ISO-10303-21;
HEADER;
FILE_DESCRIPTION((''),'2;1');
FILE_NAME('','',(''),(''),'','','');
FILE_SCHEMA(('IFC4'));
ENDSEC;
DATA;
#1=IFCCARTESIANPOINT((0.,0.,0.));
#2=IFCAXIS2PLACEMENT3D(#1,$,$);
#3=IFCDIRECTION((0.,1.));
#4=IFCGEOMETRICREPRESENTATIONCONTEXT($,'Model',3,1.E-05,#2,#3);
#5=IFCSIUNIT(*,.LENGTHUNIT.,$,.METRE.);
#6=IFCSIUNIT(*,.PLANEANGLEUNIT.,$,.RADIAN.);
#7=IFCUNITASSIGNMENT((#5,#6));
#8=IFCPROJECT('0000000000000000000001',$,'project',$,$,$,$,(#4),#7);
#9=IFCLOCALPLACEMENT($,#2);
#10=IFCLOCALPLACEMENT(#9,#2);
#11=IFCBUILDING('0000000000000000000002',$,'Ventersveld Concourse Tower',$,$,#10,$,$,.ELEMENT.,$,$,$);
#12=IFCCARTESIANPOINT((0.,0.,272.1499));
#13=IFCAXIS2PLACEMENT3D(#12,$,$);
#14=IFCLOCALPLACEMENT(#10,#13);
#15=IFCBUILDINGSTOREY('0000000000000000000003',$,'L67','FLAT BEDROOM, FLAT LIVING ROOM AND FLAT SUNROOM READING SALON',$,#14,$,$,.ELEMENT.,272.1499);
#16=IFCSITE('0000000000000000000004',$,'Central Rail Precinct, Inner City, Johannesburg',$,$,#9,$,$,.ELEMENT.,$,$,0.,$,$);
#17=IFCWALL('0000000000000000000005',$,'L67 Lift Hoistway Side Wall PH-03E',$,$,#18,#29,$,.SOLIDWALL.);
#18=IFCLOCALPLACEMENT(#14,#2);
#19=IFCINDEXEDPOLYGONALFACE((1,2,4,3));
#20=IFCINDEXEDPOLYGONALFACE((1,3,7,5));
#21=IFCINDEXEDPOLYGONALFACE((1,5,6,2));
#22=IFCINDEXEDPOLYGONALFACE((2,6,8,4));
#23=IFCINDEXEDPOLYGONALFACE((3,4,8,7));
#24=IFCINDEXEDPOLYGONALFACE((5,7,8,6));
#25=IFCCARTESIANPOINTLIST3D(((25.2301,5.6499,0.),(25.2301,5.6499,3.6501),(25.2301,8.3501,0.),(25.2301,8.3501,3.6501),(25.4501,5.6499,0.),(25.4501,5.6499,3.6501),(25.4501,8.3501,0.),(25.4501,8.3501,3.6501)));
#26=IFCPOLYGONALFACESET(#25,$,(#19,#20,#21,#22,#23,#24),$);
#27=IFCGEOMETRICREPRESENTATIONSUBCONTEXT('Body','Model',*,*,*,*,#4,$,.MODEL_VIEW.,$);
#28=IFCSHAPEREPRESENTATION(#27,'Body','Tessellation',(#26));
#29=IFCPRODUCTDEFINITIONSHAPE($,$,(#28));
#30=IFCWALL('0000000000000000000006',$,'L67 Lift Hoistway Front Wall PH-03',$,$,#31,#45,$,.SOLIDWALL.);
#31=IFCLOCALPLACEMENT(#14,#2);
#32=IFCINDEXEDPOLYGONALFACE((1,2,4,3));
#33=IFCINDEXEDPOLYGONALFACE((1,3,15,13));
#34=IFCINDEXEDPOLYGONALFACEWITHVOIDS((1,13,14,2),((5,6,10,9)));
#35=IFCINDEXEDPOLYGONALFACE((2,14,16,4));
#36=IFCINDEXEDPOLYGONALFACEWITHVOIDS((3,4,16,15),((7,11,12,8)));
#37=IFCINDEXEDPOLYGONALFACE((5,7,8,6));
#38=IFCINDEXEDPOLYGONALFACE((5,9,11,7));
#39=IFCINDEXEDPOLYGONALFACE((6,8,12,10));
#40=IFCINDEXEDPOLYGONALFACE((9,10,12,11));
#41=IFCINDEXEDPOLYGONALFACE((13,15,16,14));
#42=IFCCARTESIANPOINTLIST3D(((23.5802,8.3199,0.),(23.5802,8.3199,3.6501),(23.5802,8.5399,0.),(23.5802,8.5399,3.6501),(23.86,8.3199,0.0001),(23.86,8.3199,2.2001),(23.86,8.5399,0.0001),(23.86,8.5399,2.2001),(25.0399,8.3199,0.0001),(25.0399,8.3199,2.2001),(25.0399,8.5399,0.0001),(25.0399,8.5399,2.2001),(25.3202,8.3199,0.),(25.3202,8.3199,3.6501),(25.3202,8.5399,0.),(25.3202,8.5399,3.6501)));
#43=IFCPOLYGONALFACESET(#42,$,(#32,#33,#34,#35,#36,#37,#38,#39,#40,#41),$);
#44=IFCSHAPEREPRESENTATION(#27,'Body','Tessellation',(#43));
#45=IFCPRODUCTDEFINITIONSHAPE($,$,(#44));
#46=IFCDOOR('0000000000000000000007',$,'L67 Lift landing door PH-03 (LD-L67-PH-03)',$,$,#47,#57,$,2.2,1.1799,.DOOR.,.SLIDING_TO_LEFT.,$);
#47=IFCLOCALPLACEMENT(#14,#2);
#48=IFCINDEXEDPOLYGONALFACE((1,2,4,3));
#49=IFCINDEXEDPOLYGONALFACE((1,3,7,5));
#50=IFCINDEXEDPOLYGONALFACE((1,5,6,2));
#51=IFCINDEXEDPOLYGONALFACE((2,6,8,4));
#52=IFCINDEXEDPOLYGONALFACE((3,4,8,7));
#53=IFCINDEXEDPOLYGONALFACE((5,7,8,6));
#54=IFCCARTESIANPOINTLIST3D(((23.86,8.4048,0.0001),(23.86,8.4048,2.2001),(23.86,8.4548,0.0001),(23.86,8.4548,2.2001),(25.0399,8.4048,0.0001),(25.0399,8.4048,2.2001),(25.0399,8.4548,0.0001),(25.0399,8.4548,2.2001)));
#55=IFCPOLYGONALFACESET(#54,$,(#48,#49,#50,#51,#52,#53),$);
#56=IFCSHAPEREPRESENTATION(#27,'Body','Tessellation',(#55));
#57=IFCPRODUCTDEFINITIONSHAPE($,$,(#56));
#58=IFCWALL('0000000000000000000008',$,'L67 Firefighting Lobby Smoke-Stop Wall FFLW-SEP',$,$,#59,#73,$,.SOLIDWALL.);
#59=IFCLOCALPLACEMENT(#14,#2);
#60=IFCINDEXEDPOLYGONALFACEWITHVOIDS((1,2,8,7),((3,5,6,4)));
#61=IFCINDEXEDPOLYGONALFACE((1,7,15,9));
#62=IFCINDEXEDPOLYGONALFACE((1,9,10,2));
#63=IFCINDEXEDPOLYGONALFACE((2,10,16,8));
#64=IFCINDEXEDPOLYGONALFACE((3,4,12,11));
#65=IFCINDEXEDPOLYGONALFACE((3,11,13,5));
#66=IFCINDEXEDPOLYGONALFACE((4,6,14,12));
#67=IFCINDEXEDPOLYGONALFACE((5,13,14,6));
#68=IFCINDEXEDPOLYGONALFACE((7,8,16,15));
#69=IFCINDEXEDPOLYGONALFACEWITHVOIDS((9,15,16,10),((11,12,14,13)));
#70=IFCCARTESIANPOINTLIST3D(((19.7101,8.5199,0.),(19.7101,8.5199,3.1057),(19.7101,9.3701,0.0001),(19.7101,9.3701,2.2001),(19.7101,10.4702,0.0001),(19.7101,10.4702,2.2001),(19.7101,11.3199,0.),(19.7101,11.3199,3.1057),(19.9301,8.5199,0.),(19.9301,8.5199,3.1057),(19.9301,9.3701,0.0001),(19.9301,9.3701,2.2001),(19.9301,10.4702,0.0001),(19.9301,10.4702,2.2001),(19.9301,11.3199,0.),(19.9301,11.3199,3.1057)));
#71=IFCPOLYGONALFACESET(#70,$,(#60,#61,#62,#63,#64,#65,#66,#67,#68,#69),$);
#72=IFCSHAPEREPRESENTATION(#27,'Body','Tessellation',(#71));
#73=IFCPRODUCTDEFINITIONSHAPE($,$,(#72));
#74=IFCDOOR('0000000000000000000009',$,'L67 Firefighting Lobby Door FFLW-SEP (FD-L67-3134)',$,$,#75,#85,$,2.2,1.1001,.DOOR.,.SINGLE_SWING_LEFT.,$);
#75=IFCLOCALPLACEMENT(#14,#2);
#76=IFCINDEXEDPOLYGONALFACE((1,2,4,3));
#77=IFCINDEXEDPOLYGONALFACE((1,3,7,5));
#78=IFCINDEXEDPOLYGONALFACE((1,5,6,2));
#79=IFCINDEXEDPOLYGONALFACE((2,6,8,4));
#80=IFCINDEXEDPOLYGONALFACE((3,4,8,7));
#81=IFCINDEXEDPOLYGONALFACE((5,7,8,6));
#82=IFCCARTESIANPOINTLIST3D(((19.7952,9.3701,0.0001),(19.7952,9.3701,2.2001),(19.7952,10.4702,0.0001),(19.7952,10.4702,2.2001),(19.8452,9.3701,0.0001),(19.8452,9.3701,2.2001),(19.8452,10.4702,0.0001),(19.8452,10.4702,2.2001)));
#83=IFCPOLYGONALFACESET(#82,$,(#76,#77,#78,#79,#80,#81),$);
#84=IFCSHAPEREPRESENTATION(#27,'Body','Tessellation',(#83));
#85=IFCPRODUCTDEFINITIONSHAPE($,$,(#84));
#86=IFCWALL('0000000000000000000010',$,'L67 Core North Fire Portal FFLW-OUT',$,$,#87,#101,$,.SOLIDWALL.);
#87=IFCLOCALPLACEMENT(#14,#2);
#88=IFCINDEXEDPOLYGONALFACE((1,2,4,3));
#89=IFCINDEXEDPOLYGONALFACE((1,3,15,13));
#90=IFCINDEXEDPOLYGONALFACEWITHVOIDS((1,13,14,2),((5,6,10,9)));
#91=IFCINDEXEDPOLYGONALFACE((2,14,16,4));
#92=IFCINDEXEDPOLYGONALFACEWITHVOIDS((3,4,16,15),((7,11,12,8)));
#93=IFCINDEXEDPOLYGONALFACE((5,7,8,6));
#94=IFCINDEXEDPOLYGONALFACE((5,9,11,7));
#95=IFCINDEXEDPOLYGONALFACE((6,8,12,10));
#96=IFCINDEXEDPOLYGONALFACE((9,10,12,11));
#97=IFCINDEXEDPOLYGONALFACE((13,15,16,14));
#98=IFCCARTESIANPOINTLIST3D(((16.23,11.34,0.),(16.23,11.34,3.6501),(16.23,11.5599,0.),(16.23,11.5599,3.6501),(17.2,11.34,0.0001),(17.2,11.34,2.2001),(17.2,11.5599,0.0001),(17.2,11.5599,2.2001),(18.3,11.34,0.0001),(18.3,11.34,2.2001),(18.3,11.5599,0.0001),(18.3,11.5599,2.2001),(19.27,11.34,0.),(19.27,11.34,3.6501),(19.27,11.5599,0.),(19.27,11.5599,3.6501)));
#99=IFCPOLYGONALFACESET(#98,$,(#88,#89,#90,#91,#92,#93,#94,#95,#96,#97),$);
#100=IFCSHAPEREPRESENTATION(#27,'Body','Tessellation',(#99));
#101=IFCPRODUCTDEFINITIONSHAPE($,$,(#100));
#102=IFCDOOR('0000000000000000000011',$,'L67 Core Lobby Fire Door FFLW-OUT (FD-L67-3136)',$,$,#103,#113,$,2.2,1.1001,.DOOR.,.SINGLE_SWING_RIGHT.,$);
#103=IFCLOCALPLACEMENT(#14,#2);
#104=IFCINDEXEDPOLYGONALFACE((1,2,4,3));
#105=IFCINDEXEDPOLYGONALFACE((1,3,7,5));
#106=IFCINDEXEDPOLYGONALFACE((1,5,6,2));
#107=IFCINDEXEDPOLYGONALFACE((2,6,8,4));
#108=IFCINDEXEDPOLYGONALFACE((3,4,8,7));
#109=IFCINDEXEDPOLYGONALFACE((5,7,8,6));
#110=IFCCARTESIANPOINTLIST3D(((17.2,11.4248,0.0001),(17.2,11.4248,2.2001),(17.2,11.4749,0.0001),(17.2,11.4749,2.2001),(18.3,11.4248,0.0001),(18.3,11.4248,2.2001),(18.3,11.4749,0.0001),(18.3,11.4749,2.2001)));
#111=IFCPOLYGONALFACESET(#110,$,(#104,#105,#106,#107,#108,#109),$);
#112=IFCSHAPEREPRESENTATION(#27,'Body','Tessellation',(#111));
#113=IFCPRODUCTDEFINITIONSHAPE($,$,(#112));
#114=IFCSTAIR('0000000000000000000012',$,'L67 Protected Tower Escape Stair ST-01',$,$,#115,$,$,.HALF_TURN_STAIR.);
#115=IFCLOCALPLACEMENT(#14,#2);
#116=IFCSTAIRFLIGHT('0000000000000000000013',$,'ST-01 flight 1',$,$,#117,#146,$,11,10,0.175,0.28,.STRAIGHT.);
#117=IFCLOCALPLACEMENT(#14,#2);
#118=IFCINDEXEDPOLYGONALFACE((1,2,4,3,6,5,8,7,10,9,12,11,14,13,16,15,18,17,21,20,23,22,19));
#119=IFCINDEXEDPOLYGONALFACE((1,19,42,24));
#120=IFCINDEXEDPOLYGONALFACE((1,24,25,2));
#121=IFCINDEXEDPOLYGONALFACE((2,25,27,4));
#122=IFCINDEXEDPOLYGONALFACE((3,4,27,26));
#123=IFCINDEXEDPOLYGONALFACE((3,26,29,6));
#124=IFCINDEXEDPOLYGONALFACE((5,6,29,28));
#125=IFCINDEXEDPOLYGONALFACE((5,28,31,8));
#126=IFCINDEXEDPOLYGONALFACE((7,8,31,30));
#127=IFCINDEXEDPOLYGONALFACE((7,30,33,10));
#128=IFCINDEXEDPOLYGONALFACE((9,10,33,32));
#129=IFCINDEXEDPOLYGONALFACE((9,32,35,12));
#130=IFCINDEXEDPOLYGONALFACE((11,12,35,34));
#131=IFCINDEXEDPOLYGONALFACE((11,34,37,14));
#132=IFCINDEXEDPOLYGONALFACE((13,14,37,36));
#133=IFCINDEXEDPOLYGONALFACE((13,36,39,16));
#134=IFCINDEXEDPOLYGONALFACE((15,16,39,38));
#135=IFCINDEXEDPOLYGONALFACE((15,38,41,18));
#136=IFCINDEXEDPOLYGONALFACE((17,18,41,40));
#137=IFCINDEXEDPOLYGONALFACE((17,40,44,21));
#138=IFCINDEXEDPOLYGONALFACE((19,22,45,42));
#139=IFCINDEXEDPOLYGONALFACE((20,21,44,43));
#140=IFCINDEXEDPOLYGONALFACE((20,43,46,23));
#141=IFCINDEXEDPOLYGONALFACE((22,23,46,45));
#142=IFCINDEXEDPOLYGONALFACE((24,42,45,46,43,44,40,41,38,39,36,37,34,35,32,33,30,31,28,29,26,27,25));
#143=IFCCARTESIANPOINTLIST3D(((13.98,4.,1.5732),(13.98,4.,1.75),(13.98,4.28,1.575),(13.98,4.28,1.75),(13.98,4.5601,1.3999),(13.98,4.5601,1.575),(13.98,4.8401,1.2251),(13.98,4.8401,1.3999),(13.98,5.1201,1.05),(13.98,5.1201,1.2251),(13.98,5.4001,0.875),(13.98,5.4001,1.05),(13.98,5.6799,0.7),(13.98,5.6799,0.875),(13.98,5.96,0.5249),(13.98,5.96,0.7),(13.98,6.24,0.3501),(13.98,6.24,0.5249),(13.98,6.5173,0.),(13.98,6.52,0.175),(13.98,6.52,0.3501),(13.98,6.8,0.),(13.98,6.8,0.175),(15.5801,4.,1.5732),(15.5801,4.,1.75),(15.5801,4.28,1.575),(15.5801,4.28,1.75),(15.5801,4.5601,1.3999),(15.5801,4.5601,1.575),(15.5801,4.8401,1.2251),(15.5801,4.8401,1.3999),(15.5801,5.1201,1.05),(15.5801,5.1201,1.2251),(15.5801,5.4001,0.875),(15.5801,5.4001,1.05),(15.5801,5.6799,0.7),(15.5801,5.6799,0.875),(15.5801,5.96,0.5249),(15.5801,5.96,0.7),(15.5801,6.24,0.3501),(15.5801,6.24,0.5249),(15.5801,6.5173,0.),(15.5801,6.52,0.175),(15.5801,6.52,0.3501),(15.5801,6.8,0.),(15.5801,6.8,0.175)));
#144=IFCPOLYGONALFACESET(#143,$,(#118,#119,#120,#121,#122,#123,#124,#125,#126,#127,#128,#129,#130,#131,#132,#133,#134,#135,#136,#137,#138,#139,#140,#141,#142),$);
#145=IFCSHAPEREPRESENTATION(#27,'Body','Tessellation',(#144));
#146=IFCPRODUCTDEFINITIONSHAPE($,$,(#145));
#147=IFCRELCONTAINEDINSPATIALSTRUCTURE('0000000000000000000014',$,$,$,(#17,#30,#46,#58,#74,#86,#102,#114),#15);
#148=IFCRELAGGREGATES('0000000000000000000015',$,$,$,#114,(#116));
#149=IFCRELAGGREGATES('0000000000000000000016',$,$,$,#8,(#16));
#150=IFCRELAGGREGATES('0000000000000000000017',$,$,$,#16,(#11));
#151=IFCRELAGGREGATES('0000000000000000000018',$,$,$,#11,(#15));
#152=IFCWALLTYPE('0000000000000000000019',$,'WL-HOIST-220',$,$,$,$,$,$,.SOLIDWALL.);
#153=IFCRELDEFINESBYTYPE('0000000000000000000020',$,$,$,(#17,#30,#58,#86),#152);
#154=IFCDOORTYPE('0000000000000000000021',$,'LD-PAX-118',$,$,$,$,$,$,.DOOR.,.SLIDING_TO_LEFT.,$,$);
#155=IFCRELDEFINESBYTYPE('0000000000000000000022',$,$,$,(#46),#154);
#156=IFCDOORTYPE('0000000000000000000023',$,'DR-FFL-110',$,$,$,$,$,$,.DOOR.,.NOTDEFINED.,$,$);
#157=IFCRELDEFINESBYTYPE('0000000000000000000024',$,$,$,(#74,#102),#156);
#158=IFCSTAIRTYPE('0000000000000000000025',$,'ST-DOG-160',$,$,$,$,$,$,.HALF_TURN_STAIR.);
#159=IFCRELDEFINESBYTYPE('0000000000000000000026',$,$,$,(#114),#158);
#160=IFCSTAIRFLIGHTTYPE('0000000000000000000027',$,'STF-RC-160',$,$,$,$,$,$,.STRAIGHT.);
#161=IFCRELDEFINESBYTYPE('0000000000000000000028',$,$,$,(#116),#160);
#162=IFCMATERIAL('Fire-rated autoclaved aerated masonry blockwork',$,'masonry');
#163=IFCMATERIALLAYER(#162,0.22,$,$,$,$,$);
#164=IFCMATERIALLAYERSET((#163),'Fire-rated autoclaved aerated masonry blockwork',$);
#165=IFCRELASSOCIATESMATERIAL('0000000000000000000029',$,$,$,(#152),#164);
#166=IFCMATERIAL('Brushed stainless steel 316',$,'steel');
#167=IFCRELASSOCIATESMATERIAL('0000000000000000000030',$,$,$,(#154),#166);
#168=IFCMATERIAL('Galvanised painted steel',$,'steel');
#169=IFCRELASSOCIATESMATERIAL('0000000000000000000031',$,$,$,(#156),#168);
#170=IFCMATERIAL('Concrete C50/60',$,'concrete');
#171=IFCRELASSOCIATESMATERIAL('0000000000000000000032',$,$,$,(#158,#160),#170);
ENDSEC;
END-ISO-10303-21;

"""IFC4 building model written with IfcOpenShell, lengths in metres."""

from ifc_helpers import new_model, si_unit, direction, frame, frame_2d, origin, place, context, subcontext, project, spatial, polyline, rectangle, outline, extrude, material, layer, layer_set, type_object, element, fill, aggregate, save


model = new_model("IFC4")

# Units and contexts
model_context = context("Model", 3, precision=1e-05, world=origin(), true_north=direction((0.0, 1.0)))
body_context = subcontext(model_context, "Body", "Model", "MODEL_VIEW")
ifc_project = project(units=[si_unit("LENGTHUNIT", "METRE"), si_unit("PLANEANGLEUNIT", "RADIAN")], contexts=[model_context])

# Site, building, storey
site_placement = place(None, origin())
site = spatial("IfcSite", under=ifc_project, at=site_placement, Name="Central Rail Precinct, Inner City, Johannesburg", CompositionType="ELEMENT", RefElevation=0.0)
building_placement = place(site_placement, origin())
building = spatial("IfcBuilding", under=site, at=building_placement, Name="Ventersveld Concourse Tower", CompositionType="ELEMENT")
storey_placement = place(building_placement, frame((0.0, 0.0, 272.1499)))
storey = spatial("IfcBuildingStorey", under=building, at=storey_placement, Name="L67", Description="FLAT BEDROOM, FLAT LIVING ROOM AND FLAT SUNROOM READING SALON", CompositionType="ELEMENT", Elevation=272.1499)

# Shared definitions
ifc_material_1 = material(Name="Concrete C50/60", Category="concrete")

# Shared definitions
ifc_material_2 = material(Name="Fire-rated autoclaved aerated masonry blockwork", Category="masonry")
ifc_layer_1 = layer(ifc_material_2, 0.22)
ifc_layer_set_1 = layer_set([ifc_layer_1], Name="Fire-rated autoclaved aerated masonry blockwork")
wall_type_1 = type_object("IfcWallType", Name="WL-HOIST-220", PredefinedType="SOLIDWALL", material=ifc_layer_set_1)
ifc_material_3 = material(Name="Brushed stainless steel 316", Category="steel")

# Shared definitions
door_type_1 = type_object("IfcDoorType", Name="LD-PAX-118", OperationType="SLIDING_TO_LEFT", PredefinedType="DOOR", material=ifc_material_3)

# Wall
wall_1_placement = place(storey_placement, frame((25.3401, 5.6499, 0.0), z_axis=(0.0, 0.0, 1.0), x_axis=(0.0, 1.0, 0.0)))
element("IfcWall", 1, at=wall_1_placement, inside=storey, type_object=wall_type_1, Name="L67 Lift Hoistway Side Wall PH-03E", PredefinedType="SOLIDWALL", context=body_context, shape_type="SweptSolid", body=[
    extrude(rectangle(XDim=2.7002, YDim=0.22, at=frame_2d((1.3501, 0.0))), origin(), (0.0, 0.0, 1.0), 3.6501),
])

# Walls, openings, doors
wall_2_placement = place(storey_placement, frame((23.5801, 8.4299, 0.0), z_axis=(0.0, 0.0, 1.0), x_axis=(1.0, 0.0, 0.0)))
wall_2 = element("IfcWall", 2, at=wall_2_placement, inside=storey, type_object=wall_type_1, Name="L67 Lift Hoistway Front Wall PH-03", PredefinedType="SOLIDWALL", context=body_context, shape_type="SweptSolid", body=[
    extrude(rectangle(XDim=1.74, YDim=0.22, at=frame_2d((0.8701, 0.0))), origin(), (0.0, 0.0, 1.0), 3.6501),
])
opening_1_placement = place(wall_2_placement, frame((0.28, 0.0, 0.0)))
opening_1 = element("IfcOpeningElement", 3, at=opening_1_placement, cuts=wall_2, PredefinedType="OPENING", context=body_context, shape_type="SweptSolid", body=[
    extrude(rectangle(XDim=1.1799, YDim=2.2, at=frame_2d((0.5898, 1.1001))), frame((0.0, 0.1201, 0.0), z_axis=(0.0, -1.0, 0.0), x_axis=(1.0, 0.0, 0.0)), (0.0, 0.0, 1.0), 0.24),
])
door_1_placement = place(opening_1_placement, origin())
door_1 = element("IfcDoor", 4, at=door_1_placement, inside=storey, type_object=door_type_1, Name="L67 Lift landing door PH-03 (LD-L67-PH-03)", OperationType="SLIDING_TO_LEFT", OverallHeight=2.2, OverallWidth=1.1799, PredefinedType="DOOR", context=body_context, shape_type="SweptSolid", body=[
    extrude(rectangle(XDim=1.1799, YDim=2.2, at=frame_2d((0.5898, 1.1001))), frame((0.0, 0.0249, 0.0), z_axis=(0.0, -1.0, 0.0), x_axis=(1.0, 0.0, 0.0)), (0.0, 0.0, 1.0), 0.05),
])
fill(opening_1, door_1)
wall_3_placement = place(storey_placement, frame((19.8201, 8.52, 0.0), z_axis=(0.0, 0.0, 1.0), x_axis=(0.0, 1.0, 0.0)))
wall_3 = element("IfcWall", 5, at=wall_3_placement, inside=storey, type_object=wall_type_1, Name="L67 Firefighting Lobby Smoke-Stop Wall FFLW-SEP", PredefinedType="SOLIDWALL", context=body_context, shape_type="SweptSolid", body=[
    extrude(rectangle(XDim=2.8, YDim=0.22, at=frame_2d((1.3999, 0.0))), origin(), (0.0, 0.0, 1.0), 3.1057),
])
opening_2_placement = place(wall_3_placement, frame((0.8501, 0.0, 0.0)))
opening_2 = element("IfcOpeningElement", 6, at=opening_2_placement, cuts=wall_3, PredefinedType="OPENING", context=body_context, shape_type="SweptSolid", body=[
    extrude(rectangle(XDim=1.1001, YDim=2.2, at=frame_2d((0.55, 1.1001))), frame((0.0, 0.1201, 0.0), z_axis=(0.0, -1.0, 0.0), x_axis=(1.0, 0.0, 0.0)), (0.0, 0.0, 1.0), 0.24),
])
ifc_material_4 = material(Name="Galvanised painted steel", Category="steel")
door_type_2 = type_object("IfcDoorType", Name="DR-FFL-110", OperationType="NOTDEFINED", PredefinedType="DOOR", material=ifc_material_4)
door_2_placement = place(opening_2_placement, origin())
door_2 = element("IfcDoor", 7, at=door_2_placement, inside=storey, type_object=door_type_2, Name="L67 Firefighting Lobby Door FFLW-SEP (FD-L67-3134)", OperationType="SINGLE_SWING_LEFT", OverallHeight=2.2, OverallWidth=1.1001, PredefinedType="DOOR", context=body_context, shape_type="SweptSolid", body=[
    extrude(rectangle(XDim=1.1001, YDim=2.2, at=frame_2d((0.55, 1.1001))), frame((0.0, 0.0249, 0.0), z_axis=(0.0, -1.0, 0.0), x_axis=(1.0, 0.0, 0.0)), (0.0, 0.0, 1.0), 0.05),
])
fill(opening_2, door_2)
wall_4_placement = place(storey_placement, frame((16.23, 11.45, 0.0), z_axis=(0.0, 0.0, 1.0), x_axis=(1.0, 0.0, 0.0)))
wall_4 = element("IfcWall", 8, at=wall_4_placement, inside=storey, type_object=wall_type_1, Name="L67 Core North Fire Portal FFLW-OUT", PredefinedType="SOLIDWALL", context=body_context, shape_type="SweptSolid", body=[
    extrude(rectangle(XDim=3.04, YDim=0.22, at=frame_2d((1.52, 0.0))), origin(), (0.0, 0.0, 1.0), 3.6501),
])
opening_3_placement = place(wall_4_placement, frame((0.97, 0.0, 0.0)))
opening_3 = element("IfcOpeningElement", 9, at=opening_3_placement, cuts=wall_4, PredefinedType="OPENING", context=body_context, shape_type="SweptSolid", body=[
    extrude(rectangle(XDim=1.1001, YDim=2.2, at=frame_2d((0.55, 1.1001))), frame((0.0, 0.1201, 0.0), z_axis=(0.0, -1.0, 0.0), x_axis=(1.0, 0.0, 0.0)), (0.0, 0.0, 1.0), 0.24),
])
door_3_placement = place(opening_3_placement, origin())
door_3 = element("IfcDoor", 10, at=door_3_placement, inside=storey, type_object=door_type_2, Name="L67 Core Lobby Fire Door FFLW-OUT (FD-L67-3136)", OperationType="SINGLE_SWING_RIGHT", OverallHeight=2.2, OverallWidth=1.1001, PredefinedType="DOOR", context=body_context, shape_type="SweptSolid", body=[
    extrude(rectangle(XDim=1.1001, YDim=2.2, at=frame_2d((0.55, 1.1001))), frame((0.0, 0.0249, 0.0), z_axis=(0.0, -1.0, 0.0), x_axis=(1.0, 0.0, 0.0)), (0.0, 0.0, 1.0), 0.05),
])
fill(opening_3, door_3)

# Stair, stair flight
stair_type = type_object("IfcStairType", Name="ST-DOG-160", PredefinedType="HALF_TURN_STAIR", material=ifc_material_1)
stair_placement = place(storey_placement, origin())
stair = element("IfcStair", 11, at=stair_placement, inside=storey, type_object=stair_type, Name="L67 Protected Tower Escape Stair ST-01", PredefinedType="HALF_TURN_STAIR")
stair_flight_type = type_object("IfcStairFlightType", Name="STF-RC-160", PredefinedType="STRAIGHT", material=ifc_material_1)
stair_flight_placement = place(storey_placement, frame((14.78, 6.8, 0.0), z_axis=(0.0, 0.0, 1.0), x_axis=(0.0, -1.0, 0.0)))
stair_flight = element("IfcStairFlight", 12, at=stair_flight_placement, type_object=stair_flight_type, Name="ST-01 flight 1", NumberOfRisers=11, NumberOfTreads=10, PredefinedType="STRAIGHT", RiserHeight=0.175, TreadLength=0.28, context=body_context, shape_type="SweptSolid", body=[
    extrude(outline(polyline([(0.0, 0.0), (0.0, 0.175), (0.28, 0.175), (0.28, 0.3501), (0.5601, 0.3501), (0.5601, 0.5249), (0.8401, 0.5249), (0.8401, 0.7), (1.1201, 0.7), (1.1201, 0.875), (1.3999, 0.875), (1.3999, 1.05), (1.6799, 1.05), (1.6799, 1.2251), (1.96, 1.2251), (1.96, 1.3999), (2.24, 1.3999), (2.24, 1.575), (2.52, 1.575), (2.52, 1.75), (2.8, 1.75), (2.8, 1.925), (2.8, 1.5732), (0.2827, 0.0), (0.0, 0.0)])), frame((0.0, 0.8, 0.0), z_axis=(0.0, -1.0, 0.0), x_axis=(1.0, 0.0, 0.0)), (0.0, 0.0, 1.0), 1.6001),
])
aggregate(stair, [stair_flight])

save(model, "model.ifc")
